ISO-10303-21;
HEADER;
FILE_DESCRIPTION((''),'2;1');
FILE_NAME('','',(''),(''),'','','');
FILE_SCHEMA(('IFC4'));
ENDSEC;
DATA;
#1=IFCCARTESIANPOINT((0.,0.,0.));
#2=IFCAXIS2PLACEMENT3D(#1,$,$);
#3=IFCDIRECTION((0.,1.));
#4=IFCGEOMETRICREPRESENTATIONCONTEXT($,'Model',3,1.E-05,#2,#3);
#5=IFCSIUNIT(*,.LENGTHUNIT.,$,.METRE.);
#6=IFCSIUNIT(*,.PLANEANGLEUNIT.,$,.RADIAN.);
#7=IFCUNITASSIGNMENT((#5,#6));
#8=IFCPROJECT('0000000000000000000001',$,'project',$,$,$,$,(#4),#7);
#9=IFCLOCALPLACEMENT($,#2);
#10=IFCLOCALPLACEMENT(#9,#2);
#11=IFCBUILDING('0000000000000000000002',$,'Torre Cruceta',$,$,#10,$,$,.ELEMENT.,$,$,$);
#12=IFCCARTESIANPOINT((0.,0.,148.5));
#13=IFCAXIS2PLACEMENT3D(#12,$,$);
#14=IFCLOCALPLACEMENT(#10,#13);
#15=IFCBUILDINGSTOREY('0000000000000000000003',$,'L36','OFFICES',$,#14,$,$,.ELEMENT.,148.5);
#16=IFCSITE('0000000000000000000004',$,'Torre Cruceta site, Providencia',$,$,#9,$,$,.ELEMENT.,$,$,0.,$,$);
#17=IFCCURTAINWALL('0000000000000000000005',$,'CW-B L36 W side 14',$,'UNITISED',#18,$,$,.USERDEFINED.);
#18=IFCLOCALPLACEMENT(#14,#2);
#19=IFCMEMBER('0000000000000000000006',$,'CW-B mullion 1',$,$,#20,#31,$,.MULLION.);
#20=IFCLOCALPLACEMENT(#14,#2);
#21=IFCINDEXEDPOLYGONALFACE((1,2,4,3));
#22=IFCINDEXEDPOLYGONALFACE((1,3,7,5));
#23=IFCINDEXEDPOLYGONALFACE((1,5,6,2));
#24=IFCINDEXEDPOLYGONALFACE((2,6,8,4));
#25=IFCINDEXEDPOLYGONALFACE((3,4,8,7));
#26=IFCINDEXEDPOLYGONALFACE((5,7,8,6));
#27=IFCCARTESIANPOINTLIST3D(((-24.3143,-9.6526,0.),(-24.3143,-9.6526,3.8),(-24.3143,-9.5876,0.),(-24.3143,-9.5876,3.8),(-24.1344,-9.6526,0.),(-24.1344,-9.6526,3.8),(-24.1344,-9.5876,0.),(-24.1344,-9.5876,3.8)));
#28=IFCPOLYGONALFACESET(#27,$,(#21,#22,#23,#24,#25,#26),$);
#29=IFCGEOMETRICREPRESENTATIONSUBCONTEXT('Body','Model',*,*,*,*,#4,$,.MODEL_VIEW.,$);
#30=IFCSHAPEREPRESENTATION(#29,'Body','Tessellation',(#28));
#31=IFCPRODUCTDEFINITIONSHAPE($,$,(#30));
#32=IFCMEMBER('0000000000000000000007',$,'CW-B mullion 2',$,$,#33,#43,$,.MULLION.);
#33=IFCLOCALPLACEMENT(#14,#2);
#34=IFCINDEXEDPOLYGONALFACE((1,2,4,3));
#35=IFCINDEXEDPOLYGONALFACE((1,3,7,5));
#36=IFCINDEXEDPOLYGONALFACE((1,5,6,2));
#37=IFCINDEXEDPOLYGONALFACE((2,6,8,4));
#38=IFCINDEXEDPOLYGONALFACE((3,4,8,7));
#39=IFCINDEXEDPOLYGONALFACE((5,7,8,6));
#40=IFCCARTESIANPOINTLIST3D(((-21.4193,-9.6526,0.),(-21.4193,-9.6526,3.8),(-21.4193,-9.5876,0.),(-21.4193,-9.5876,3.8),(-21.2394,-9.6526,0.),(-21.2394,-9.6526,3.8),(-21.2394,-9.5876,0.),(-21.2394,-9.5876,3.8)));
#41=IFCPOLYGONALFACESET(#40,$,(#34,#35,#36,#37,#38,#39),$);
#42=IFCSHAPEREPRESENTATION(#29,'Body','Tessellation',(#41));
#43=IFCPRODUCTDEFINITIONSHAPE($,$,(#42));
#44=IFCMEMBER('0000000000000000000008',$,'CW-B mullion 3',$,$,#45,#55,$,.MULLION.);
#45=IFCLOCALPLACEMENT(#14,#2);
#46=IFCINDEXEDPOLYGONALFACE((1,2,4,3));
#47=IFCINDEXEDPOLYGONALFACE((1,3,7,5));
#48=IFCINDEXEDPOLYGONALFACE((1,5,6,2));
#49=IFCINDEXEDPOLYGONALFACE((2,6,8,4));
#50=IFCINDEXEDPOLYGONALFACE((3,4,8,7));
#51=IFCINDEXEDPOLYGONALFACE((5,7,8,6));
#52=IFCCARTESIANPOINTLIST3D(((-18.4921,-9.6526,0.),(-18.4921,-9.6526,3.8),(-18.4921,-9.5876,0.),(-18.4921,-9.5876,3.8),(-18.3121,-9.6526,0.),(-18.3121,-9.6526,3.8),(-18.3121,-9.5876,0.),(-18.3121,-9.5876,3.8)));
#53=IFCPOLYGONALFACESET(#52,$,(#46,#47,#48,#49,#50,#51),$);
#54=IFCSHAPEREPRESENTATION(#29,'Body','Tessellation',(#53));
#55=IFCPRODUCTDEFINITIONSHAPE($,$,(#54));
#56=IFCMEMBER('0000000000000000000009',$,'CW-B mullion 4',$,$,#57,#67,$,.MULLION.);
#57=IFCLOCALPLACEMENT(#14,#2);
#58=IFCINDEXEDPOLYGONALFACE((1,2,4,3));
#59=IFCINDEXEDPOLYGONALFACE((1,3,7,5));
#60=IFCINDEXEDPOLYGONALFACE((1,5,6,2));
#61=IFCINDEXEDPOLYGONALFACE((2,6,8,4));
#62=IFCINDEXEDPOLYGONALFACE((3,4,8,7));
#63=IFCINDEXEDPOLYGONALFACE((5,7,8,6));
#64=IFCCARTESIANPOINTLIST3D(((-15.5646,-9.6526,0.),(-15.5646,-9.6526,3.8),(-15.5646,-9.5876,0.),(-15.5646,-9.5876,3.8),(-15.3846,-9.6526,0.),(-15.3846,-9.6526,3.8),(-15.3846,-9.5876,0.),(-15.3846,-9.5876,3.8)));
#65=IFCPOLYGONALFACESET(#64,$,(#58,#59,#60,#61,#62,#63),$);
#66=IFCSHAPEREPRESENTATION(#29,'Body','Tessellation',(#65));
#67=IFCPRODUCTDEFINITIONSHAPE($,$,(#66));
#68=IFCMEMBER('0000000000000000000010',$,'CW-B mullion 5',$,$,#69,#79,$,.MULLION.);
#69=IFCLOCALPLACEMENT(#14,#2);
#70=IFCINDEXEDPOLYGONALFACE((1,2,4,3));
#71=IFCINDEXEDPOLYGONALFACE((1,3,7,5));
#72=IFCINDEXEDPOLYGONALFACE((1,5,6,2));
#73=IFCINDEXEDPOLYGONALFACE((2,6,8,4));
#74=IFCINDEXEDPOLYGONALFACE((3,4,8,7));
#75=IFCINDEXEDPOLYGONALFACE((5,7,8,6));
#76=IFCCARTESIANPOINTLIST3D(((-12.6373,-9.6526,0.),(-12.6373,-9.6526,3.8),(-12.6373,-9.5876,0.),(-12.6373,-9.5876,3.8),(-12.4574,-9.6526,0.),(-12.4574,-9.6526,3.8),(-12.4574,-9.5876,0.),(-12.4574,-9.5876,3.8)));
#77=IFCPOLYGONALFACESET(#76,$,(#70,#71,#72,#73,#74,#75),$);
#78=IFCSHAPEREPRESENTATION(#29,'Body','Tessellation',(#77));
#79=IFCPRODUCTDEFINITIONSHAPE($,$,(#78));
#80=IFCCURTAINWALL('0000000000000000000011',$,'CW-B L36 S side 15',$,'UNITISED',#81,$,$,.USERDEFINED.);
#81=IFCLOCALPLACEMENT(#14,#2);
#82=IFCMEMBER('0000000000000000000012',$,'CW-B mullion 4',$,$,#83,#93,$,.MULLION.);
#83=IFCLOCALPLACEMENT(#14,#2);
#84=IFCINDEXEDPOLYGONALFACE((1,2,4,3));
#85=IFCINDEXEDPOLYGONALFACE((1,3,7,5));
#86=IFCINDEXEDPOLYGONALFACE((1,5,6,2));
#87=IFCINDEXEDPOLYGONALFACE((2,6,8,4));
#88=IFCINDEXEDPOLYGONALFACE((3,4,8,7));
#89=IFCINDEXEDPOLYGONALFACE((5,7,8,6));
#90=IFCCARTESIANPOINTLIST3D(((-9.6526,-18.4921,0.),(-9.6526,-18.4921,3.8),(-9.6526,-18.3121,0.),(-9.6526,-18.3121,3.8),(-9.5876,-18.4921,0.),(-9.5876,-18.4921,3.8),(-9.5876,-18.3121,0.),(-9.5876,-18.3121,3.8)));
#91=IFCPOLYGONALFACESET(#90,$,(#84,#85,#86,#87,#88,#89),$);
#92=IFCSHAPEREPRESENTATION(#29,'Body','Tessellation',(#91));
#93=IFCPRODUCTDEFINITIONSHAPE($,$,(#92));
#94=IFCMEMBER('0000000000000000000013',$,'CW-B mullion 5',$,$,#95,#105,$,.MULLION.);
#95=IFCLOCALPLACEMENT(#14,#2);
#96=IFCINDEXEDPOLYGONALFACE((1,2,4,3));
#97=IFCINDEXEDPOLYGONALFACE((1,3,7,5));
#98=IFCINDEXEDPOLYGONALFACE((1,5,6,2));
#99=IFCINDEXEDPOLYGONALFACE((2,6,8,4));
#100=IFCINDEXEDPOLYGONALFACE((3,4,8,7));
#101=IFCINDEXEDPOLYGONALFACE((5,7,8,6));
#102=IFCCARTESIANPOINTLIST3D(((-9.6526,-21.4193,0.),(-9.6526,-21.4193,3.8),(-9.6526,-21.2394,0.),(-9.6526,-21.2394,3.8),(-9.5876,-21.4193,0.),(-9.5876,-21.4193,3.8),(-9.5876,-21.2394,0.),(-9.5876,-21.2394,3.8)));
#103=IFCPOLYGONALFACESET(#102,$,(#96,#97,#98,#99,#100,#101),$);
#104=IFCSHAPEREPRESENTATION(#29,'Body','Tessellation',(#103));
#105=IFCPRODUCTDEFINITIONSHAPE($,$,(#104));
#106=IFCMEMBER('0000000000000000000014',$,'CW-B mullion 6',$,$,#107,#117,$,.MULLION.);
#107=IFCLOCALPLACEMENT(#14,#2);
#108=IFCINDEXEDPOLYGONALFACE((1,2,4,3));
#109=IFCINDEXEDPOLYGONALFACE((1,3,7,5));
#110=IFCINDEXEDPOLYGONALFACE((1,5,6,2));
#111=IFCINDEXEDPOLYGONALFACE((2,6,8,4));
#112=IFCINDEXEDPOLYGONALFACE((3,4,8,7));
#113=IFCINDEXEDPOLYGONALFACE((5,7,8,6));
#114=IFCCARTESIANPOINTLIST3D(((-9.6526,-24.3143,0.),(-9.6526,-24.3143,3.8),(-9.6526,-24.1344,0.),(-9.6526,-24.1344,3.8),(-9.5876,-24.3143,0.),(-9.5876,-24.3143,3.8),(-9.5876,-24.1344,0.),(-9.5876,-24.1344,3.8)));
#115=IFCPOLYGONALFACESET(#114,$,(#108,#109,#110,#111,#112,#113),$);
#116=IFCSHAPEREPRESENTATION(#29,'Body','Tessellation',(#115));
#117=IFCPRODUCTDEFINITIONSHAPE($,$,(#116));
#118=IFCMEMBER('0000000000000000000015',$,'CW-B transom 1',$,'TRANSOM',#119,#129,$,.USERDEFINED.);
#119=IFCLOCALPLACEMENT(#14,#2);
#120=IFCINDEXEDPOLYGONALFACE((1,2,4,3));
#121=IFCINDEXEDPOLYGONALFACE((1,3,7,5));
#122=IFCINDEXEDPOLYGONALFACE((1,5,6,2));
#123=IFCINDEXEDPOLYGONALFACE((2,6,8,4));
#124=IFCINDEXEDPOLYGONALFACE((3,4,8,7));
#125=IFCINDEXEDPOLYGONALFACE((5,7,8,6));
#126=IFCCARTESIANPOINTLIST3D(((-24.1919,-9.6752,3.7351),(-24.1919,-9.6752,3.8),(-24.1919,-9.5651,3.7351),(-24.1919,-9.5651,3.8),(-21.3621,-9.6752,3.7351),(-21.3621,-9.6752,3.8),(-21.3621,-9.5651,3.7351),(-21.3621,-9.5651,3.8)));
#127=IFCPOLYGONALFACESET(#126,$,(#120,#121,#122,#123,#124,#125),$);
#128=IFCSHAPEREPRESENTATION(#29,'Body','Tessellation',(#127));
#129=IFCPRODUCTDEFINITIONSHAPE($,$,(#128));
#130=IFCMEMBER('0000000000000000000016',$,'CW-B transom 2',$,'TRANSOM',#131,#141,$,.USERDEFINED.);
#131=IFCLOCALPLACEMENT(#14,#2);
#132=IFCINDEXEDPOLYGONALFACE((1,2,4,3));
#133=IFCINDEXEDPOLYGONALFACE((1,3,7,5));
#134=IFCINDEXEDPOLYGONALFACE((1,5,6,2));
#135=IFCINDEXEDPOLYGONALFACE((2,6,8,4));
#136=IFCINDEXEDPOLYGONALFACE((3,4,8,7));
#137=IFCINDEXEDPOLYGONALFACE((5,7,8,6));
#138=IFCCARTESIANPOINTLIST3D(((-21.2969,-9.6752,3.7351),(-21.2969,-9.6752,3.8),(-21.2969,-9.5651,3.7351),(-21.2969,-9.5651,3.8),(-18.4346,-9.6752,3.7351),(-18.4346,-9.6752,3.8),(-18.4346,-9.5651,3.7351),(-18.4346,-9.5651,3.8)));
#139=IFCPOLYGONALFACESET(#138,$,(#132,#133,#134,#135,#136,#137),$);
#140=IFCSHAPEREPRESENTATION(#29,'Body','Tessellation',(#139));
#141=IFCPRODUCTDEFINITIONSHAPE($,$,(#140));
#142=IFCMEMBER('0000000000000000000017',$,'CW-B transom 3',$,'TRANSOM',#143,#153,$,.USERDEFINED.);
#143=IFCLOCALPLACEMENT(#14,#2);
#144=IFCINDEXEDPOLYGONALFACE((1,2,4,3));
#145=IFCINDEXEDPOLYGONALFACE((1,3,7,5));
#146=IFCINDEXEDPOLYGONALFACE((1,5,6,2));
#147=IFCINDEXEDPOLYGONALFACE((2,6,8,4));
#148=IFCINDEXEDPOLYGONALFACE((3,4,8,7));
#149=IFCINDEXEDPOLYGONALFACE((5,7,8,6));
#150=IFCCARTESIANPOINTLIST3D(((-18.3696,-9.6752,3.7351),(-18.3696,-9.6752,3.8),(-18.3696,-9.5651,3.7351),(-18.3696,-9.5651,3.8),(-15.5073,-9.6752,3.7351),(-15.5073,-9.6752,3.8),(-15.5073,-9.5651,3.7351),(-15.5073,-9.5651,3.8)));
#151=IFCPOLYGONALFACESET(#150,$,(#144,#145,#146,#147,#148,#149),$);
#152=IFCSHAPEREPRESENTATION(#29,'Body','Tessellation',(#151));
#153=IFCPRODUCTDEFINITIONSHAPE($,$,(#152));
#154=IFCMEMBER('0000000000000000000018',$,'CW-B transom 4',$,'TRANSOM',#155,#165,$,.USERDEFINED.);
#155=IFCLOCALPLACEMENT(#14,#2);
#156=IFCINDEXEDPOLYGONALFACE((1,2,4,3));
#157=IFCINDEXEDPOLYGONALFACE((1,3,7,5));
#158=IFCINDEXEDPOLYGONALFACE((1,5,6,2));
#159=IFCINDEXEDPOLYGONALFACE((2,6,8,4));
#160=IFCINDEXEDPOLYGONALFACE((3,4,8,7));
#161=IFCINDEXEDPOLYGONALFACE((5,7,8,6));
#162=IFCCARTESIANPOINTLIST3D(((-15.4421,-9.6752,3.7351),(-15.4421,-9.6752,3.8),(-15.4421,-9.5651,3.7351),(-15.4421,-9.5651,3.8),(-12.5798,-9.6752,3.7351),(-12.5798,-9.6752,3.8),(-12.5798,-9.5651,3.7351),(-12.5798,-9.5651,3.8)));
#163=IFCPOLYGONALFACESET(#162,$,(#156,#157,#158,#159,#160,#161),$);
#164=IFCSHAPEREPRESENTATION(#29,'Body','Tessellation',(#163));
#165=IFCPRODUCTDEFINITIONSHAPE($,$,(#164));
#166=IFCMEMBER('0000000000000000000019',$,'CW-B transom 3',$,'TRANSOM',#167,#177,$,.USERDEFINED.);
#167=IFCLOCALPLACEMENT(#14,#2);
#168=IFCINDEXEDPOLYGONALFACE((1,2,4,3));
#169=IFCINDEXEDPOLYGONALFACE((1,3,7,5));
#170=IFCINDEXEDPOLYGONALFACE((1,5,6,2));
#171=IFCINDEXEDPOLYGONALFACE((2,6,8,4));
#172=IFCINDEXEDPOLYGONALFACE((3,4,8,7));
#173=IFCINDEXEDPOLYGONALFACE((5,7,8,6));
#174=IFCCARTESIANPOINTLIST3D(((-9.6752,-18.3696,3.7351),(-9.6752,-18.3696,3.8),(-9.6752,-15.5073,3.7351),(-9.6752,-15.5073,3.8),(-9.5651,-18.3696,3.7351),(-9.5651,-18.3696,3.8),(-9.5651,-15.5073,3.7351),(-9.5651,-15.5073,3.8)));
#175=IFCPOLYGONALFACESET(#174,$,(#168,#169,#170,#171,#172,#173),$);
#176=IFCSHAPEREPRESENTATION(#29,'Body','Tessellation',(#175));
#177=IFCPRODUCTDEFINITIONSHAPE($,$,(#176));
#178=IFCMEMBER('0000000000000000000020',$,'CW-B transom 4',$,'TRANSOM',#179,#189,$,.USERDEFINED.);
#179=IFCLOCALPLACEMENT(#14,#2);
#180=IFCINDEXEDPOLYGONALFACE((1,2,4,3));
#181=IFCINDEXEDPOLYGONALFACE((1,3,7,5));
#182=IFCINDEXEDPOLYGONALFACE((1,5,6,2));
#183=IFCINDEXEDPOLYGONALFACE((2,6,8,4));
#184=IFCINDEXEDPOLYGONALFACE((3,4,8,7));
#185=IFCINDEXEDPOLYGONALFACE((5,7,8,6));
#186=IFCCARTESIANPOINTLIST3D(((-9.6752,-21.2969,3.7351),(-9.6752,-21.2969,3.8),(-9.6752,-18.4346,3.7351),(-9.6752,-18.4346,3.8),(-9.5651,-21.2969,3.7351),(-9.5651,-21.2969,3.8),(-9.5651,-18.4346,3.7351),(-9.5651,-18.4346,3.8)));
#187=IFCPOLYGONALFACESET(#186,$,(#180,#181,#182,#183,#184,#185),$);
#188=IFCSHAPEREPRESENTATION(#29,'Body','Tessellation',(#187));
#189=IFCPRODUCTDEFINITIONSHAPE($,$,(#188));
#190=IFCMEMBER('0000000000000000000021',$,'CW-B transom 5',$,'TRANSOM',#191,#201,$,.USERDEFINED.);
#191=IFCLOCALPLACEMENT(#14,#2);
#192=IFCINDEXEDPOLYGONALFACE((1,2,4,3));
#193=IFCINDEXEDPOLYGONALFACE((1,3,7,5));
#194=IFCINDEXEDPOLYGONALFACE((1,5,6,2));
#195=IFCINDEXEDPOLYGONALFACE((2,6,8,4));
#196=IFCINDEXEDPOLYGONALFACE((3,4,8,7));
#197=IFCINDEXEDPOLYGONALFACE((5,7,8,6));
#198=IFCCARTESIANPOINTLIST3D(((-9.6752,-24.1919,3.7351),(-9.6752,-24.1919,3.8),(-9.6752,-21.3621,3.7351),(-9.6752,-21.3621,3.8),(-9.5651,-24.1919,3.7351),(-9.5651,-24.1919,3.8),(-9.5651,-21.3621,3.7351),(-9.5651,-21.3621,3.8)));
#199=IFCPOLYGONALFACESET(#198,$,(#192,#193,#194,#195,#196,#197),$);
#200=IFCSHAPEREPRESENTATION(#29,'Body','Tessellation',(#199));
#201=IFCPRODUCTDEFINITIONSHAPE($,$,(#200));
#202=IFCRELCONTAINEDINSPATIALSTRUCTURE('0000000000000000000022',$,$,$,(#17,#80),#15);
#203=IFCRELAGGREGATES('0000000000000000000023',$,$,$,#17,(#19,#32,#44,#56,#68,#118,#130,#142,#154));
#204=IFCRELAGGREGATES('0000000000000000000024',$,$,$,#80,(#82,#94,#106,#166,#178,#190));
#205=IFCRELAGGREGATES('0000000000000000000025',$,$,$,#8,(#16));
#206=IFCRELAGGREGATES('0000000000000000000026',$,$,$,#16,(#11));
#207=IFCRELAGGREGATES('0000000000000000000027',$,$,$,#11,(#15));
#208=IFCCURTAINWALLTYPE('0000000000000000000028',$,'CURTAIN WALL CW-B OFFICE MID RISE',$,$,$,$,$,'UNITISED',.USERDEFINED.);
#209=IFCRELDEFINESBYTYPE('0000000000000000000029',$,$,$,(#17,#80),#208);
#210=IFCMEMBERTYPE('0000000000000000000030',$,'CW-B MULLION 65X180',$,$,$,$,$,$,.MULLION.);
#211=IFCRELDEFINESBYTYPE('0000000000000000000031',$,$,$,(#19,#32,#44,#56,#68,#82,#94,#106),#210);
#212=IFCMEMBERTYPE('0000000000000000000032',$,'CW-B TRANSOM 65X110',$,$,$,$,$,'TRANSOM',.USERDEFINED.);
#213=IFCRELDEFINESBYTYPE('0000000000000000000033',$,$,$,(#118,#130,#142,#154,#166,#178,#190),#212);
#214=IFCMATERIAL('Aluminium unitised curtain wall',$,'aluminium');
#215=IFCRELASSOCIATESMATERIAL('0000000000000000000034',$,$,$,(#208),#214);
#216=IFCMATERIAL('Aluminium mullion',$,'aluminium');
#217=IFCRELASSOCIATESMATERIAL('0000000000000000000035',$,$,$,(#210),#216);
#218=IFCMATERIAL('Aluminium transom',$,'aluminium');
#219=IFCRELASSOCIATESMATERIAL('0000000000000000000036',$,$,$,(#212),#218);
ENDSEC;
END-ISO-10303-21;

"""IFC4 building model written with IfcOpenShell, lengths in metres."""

from ifc_helpers import new_model, si_unit, direction, frame, origin, origin_2d, place, context, subcontext, project, spatial, rectangle, extrude, material, material_profile, profile_set, type_object, element, aggregate, save


model = new_model("IFC4")

# Units and contexts
model_context = context("Model", 3, precision=1e-05, world=origin(), true_north=direction((0.0, 1.0)))
body_context = subcontext(model_context, "Body", "Model", "MODEL_VIEW")
ifc_project = project(units=[si_unit("LENGTHUNIT", "METRE"), si_unit("PLANEANGLEUNIT", "RADIAN")], contexts=[model_context])

# Site, building, storey
site_placement = place(None, origin())
site = spatial("IfcSite", under=ifc_project, at=site_placement, Name="Torre Cruceta site, Providencia", CompositionType="ELEMENT", RefElevation=0.0)
building_placement = place(site_placement, origin())
building = spatial("IfcBuilding", under=site, at=building_placement, Name="Torre Cruceta", CompositionType="ELEMENT")
storey_placement = place(building_placement, frame((0.0, 0.0, 148.5)))
storey = spatial("IfcBuildingStorey", under=building, at=storey_placement, Name="L36", Description="OFFICES", CompositionType="ELEMENT", Elevation=148.5)

# Curtain walls, members
ifc_material_1 = material(Name="Aluminium unitised curtain wall", Category="aluminium")
curtain_wall_type = type_object("IfcCurtainWallType", Name="CURTAIN WALL CW-B OFFICE MID RISE", ElementType="UNITISED", PredefinedType="USERDEFINED", material=ifc_material_1)
curtain_wall_1_placement = place(storey_placement, origin())
curtain_wall_1 = element("IfcCurtainWall", 1, at=curtain_wall_1_placement, inside=storey, type_object=curtain_wall_type, Name="CW-B L36 W side 14", ObjectType="UNITISED", PredefinedType="USERDEFINED")
ifc_material_2 = material(Name="Aluminium mullion", Category="aluminium")
ifc_material_profile_1 = material_profile(ifc_material_2, rectangle(XDim=0.0649, YDim=0.1799, at=origin_2d()), Name="AL 65X180")
ifc_profile_set_1 = profile_set([ifc_material_profile_1], Name="Aluminium mullion")
member_type_1 = type_object("IfcMemberType", Name="CW-B MULLION 65X180", PredefinedType="MULLION", material=ifc_profile_set_1)
member_1_placement = place(storey_placement, frame((-24.2244, -9.6201, 0.0), z_axis=(0.0, 0.0, 1.0), x_axis=(0.0, 1.0, 0.0)))
member_1 = element("IfcMember", 2, at=member_1_placement, type_object=member_type_1, Name="CW-B mullion 1", PredefinedType="MULLION", context=body_context, shape_type="SweptSolid", body=[
    extrude(rectangle(XDim=0.0649, YDim=0.1799, at=origin_2d()), origin(), (0.0, 0.0, 1.0), 3.8),
])
member_2_placement = place(storey_placement, frame((-21.3293, -9.6201, 0.0), z_axis=(0.0, 0.0, 1.0), x_axis=(0.0, 1.0, 0.0)))
member_2 = element("IfcMember", 3, at=member_2_placement, type_object=member_type_1, Name="CW-B mullion 2", PredefinedType="MULLION", context=body_context, shape_type="SweptSolid", body=[
    extrude(rectangle(XDim=0.0649, YDim=0.1799, at=origin_2d()), origin(), (0.0, 0.0, 1.0), 3.8),
])
member_3_placement = place(storey_placement, frame((-18.4021, -9.6201, 0.0), z_axis=(0.0, 0.0, 1.0), x_axis=(0.0, 1.0, 0.0)))
member_3 = element("IfcMember", 4, at=member_3_placement, type_object=member_type_1, Name="CW-B mullion 3", PredefinedType="MULLION", context=body_context, shape_type="SweptSolid", body=[
    extrude(rectangle(XDim=0.0649, YDim=0.1799, at=origin_2d()), origin(), (0.0, 0.0, 1.0), 3.8),
])
member_4_placement = place(storey_placement, frame((-15.4746, -9.6201, 0.0), z_axis=(0.0, 0.0, 1.0), x_axis=(0.0, 1.0, 0.0)))
member_4 = element("IfcMember", 5, at=member_4_placement, type_object=member_type_1, Name="CW-B mullion 4", PredefinedType="MULLION", context=body_context, shape_type="SweptSolid", body=[
    extrude(rectangle(XDim=0.0649, YDim=0.1799, at=origin_2d()), origin(), (0.0, 0.0, 1.0), 3.8),
])
member_5_placement = place(storey_placement, frame((-12.5474, -9.6201, 0.0), z_axis=(0.0, 0.0, 1.0), x_axis=(0.0, 1.0, 0.0)))
member_5 = element("IfcMember", 6, at=member_5_placement, type_object=member_type_1, Name="CW-B mullion 5", PredefinedType="MULLION", context=body_context, shape_type="SweptSolid", body=[
    extrude(rectangle(XDim=0.0649, YDim=0.1799, at=origin_2d()), origin(), (0.0, 0.0, 1.0), 3.8),
])
curtain_wall_2_placement = place(storey_placement, origin())
curtain_wall_2 = element("IfcCurtainWall", 7, at=curtain_wall_2_placement, inside=storey, type_object=curtain_wall_type, Name="CW-B L36 S side 15", ObjectType="UNITISED", PredefinedType="USERDEFINED")
member_6_placement = place(storey_placement, frame((-9.6201, -18.4021, 0.0), z_axis=(0.0, 0.0, 1.0), x_axis=(1.0, 0.0, 0.0)))
member_6 = element("IfcMember", 8, at=member_6_placement, type_object=member_type_1, Name="CW-B mullion 4", PredefinedType="MULLION", context=body_context, shape_type="SweptSolid", body=[
    extrude(rectangle(XDim=0.0649, YDim=0.1799, at=origin_2d()), origin(), (0.0, 0.0, 1.0), 3.8),
])
member_7_placement = place(storey_placement, frame((-9.6201, -21.3293, 0.0), z_axis=(0.0, 0.0, 1.0), x_axis=(1.0, 0.0, 0.0)))
member_7 = element("IfcMember", 9, at=member_7_placement, type_object=member_type_1, Name="CW-B mullion 5", PredefinedType="MULLION", context=body_context, shape_type="SweptSolid", body=[
    extrude(rectangle(XDim=0.0649, YDim=0.1799, at=origin_2d()), origin(), (0.0, 0.0, 1.0), 3.8),
])
member_8_placement = place(storey_placement, frame((-9.6201, -24.2244, 0.0), z_axis=(0.0, 0.0, 1.0), x_axis=(1.0, 0.0, 0.0)))
member_8 = element("IfcMember", 10, at=member_8_placement, type_object=member_type_1, Name="CW-B mullion 6", PredefinedType="MULLION", context=body_context, shape_type="SweptSolid", body=[
    extrude(rectangle(XDim=0.0649, YDim=0.1799, at=origin_2d()), origin(), (0.0, 0.0, 1.0), 3.8),
])

# Members
ifc_material_3 = material(Name="Aluminium transom", Category="aluminium")
ifc_material_profile_2 = material_profile(ifc_material_3, rectangle(XDim=0.1101, YDim=0.0649, at=origin_2d()), Name="AL 110X65")
ifc_profile_set_2 = profile_set([ifc_material_profile_2], Name="Aluminium transom")
member_type_2 = type_object("IfcMemberType", Name="CW-B TRANSOM 65X110", ElementType="TRANSOM", PredefinedType="USERDEFINED", material=ifc_profile_set_2)
member_9_placement = place(storey_placement, frame((-24.1919, -9.6201, 3.7676), z_axis=(1.0, 0.0, 0.0), x_axis=(0.0, 1.0, 0.0)))
member_9 = element("IfcMember", 11, at=member_9_placement, type_object=member_type_2, Name="CW-B transom 1", ObjectType="TRANSOM", PredefinedType="USERDEFINED", context=body_context, shape_type="SweptSolid", body=[
    extrude(rectangle(XDim=0.1101, YDim=0.0649, at=origin_2d()), origin(), (0.0, 0.0, 1.0), 2.8298),
])
member_10_placement = place(storey_placement, frame((-21.2969, -9.6201, 3.7676), z_axis=(1.0, 0.0, 0.0), x_axis=(0.0, 1.0, 0.0)))
member_10 = element("IfcMember", 12, at=member_10_placement, type_object=member_type_2, Name="CW-B transom 2", ObjectType="TRANSOM", PredefinedType="USERDEFINED", context=body_context, shape_type="SweptSolid", body=[
    extrude(rectangle(XDim=0.1101, YDim=0.0649, at=origin_2d()), origin(), (0.0, 0.0, 1.0), 2.8623),
])
member_11_placement = place(storey_placement, frame((-18.3696, -9.6201, 3.7676), z_axis=(1.0, 0.0, 0.0), x_axis=(0.0, 1.0, 0.0)))
member_11 = element("IfcMember", 13, at=member_11_placement, type_object=member_type_2, Name="CW-B transom 3", ObjectType="TRANSOM", PredefinedType="USERDEFINED", context=body_context, shape_type="SweptSolid", body=[
    extrude(rectangle(XDim=0.1101, YDim=0.0649, at=origin_2d()), origin(), (0.0, 0.0, 1.0), 2.8623),
])
member_12_placement = place(storey_placement, frame((-15.4421, -9.6201, 3.7676), z_axis=(1.0, 0.0, 0.0), x_axis=(0.0, 1.0, 0.0)))
member_12 = element("IfcMember", 14, at=member_12_placement, type_object=member_type_2, Name="CW-B transom 4", ObjectType="TRANSOM", PredefinedType="USERDEFINED", context=body_context, shape_type="SweptSolid", body=[
    extrude(rectangle(XDim=0.1101, YDim=0.0649, at=origin_2d()), origin(), (0.0, 0.0, 1.0), 2.8623),
])
member_13_placement = place(storey_placement, frame((-9.6201, -15.5073, 3.7676), z_axis=(0.0, -1.0, 0.0), x_axis=(1.0, 0.0, 0.0)))
member_13 = element("IfcMember", 15, at=member_13_placement, type_object=member_type_2, Name="CW-B transom 3", ObjectType="TRANSOM", PredefinedType="USERDEFINED", context=body_context, shape_type="SweptSolid", body=[
    extrude(rectangle(XDim=0.1101, YDim=0.0649, at=origin_2d()), origin(), (0.0, 0.0, 1.0), 2.8623),
])
member_14_placement = place(storey_placement, frame((-9.6201, -18.4346, 3.7676), z_axis=(0.0, -1.0, 0.0), x_axis=(1.0, 0.0, 0.0)))
member_14 = element("IfcMember", 16, at=member_14_placement, type_object=member_type_2, Name="CW-B transom 4", ObjectType="TRANSOM", PredefinedType="USERDEFINED", context=body_context, shape_type="SweptSolid", body=[
    extrude(rectangle(XDim=0.1101, YDim=0.0649, at=origin_2d()), origin(), (0.0, 0.0, 1.0), 2.8623),
])
member_15_placement = place(storey_placement, frame((-9.6201, -21.3621, 3.7676), z_axis=(0.0, -1.0, 0.0), x_axis=(1.0, 0.0, 0.0)))
member_15 = element("IfcMember", 17, at=member_15_placement, type_object=member_type_2, Name="CW-B transom 5", ObjectType="TRANSOM", PredefinedType="USERDEFINED", context=body_context, shape_type="SweptSolid", body=[
    extrude(rectangle(XDim=0.1101, YDim=0.0649, at=origin_2d()), origin(), (0.0, 0.0, 1.0), 2.8298),
])

aggregate(curtain_wall_1, [member_1, member_2, member_3, member_4, member_5, member_9, member_10, member_11, member_12])
aggregate(curtain_wall_2, [member_6, member_7, member_8, member_13, member_14, member_15])

save(model, "model.ifc")
